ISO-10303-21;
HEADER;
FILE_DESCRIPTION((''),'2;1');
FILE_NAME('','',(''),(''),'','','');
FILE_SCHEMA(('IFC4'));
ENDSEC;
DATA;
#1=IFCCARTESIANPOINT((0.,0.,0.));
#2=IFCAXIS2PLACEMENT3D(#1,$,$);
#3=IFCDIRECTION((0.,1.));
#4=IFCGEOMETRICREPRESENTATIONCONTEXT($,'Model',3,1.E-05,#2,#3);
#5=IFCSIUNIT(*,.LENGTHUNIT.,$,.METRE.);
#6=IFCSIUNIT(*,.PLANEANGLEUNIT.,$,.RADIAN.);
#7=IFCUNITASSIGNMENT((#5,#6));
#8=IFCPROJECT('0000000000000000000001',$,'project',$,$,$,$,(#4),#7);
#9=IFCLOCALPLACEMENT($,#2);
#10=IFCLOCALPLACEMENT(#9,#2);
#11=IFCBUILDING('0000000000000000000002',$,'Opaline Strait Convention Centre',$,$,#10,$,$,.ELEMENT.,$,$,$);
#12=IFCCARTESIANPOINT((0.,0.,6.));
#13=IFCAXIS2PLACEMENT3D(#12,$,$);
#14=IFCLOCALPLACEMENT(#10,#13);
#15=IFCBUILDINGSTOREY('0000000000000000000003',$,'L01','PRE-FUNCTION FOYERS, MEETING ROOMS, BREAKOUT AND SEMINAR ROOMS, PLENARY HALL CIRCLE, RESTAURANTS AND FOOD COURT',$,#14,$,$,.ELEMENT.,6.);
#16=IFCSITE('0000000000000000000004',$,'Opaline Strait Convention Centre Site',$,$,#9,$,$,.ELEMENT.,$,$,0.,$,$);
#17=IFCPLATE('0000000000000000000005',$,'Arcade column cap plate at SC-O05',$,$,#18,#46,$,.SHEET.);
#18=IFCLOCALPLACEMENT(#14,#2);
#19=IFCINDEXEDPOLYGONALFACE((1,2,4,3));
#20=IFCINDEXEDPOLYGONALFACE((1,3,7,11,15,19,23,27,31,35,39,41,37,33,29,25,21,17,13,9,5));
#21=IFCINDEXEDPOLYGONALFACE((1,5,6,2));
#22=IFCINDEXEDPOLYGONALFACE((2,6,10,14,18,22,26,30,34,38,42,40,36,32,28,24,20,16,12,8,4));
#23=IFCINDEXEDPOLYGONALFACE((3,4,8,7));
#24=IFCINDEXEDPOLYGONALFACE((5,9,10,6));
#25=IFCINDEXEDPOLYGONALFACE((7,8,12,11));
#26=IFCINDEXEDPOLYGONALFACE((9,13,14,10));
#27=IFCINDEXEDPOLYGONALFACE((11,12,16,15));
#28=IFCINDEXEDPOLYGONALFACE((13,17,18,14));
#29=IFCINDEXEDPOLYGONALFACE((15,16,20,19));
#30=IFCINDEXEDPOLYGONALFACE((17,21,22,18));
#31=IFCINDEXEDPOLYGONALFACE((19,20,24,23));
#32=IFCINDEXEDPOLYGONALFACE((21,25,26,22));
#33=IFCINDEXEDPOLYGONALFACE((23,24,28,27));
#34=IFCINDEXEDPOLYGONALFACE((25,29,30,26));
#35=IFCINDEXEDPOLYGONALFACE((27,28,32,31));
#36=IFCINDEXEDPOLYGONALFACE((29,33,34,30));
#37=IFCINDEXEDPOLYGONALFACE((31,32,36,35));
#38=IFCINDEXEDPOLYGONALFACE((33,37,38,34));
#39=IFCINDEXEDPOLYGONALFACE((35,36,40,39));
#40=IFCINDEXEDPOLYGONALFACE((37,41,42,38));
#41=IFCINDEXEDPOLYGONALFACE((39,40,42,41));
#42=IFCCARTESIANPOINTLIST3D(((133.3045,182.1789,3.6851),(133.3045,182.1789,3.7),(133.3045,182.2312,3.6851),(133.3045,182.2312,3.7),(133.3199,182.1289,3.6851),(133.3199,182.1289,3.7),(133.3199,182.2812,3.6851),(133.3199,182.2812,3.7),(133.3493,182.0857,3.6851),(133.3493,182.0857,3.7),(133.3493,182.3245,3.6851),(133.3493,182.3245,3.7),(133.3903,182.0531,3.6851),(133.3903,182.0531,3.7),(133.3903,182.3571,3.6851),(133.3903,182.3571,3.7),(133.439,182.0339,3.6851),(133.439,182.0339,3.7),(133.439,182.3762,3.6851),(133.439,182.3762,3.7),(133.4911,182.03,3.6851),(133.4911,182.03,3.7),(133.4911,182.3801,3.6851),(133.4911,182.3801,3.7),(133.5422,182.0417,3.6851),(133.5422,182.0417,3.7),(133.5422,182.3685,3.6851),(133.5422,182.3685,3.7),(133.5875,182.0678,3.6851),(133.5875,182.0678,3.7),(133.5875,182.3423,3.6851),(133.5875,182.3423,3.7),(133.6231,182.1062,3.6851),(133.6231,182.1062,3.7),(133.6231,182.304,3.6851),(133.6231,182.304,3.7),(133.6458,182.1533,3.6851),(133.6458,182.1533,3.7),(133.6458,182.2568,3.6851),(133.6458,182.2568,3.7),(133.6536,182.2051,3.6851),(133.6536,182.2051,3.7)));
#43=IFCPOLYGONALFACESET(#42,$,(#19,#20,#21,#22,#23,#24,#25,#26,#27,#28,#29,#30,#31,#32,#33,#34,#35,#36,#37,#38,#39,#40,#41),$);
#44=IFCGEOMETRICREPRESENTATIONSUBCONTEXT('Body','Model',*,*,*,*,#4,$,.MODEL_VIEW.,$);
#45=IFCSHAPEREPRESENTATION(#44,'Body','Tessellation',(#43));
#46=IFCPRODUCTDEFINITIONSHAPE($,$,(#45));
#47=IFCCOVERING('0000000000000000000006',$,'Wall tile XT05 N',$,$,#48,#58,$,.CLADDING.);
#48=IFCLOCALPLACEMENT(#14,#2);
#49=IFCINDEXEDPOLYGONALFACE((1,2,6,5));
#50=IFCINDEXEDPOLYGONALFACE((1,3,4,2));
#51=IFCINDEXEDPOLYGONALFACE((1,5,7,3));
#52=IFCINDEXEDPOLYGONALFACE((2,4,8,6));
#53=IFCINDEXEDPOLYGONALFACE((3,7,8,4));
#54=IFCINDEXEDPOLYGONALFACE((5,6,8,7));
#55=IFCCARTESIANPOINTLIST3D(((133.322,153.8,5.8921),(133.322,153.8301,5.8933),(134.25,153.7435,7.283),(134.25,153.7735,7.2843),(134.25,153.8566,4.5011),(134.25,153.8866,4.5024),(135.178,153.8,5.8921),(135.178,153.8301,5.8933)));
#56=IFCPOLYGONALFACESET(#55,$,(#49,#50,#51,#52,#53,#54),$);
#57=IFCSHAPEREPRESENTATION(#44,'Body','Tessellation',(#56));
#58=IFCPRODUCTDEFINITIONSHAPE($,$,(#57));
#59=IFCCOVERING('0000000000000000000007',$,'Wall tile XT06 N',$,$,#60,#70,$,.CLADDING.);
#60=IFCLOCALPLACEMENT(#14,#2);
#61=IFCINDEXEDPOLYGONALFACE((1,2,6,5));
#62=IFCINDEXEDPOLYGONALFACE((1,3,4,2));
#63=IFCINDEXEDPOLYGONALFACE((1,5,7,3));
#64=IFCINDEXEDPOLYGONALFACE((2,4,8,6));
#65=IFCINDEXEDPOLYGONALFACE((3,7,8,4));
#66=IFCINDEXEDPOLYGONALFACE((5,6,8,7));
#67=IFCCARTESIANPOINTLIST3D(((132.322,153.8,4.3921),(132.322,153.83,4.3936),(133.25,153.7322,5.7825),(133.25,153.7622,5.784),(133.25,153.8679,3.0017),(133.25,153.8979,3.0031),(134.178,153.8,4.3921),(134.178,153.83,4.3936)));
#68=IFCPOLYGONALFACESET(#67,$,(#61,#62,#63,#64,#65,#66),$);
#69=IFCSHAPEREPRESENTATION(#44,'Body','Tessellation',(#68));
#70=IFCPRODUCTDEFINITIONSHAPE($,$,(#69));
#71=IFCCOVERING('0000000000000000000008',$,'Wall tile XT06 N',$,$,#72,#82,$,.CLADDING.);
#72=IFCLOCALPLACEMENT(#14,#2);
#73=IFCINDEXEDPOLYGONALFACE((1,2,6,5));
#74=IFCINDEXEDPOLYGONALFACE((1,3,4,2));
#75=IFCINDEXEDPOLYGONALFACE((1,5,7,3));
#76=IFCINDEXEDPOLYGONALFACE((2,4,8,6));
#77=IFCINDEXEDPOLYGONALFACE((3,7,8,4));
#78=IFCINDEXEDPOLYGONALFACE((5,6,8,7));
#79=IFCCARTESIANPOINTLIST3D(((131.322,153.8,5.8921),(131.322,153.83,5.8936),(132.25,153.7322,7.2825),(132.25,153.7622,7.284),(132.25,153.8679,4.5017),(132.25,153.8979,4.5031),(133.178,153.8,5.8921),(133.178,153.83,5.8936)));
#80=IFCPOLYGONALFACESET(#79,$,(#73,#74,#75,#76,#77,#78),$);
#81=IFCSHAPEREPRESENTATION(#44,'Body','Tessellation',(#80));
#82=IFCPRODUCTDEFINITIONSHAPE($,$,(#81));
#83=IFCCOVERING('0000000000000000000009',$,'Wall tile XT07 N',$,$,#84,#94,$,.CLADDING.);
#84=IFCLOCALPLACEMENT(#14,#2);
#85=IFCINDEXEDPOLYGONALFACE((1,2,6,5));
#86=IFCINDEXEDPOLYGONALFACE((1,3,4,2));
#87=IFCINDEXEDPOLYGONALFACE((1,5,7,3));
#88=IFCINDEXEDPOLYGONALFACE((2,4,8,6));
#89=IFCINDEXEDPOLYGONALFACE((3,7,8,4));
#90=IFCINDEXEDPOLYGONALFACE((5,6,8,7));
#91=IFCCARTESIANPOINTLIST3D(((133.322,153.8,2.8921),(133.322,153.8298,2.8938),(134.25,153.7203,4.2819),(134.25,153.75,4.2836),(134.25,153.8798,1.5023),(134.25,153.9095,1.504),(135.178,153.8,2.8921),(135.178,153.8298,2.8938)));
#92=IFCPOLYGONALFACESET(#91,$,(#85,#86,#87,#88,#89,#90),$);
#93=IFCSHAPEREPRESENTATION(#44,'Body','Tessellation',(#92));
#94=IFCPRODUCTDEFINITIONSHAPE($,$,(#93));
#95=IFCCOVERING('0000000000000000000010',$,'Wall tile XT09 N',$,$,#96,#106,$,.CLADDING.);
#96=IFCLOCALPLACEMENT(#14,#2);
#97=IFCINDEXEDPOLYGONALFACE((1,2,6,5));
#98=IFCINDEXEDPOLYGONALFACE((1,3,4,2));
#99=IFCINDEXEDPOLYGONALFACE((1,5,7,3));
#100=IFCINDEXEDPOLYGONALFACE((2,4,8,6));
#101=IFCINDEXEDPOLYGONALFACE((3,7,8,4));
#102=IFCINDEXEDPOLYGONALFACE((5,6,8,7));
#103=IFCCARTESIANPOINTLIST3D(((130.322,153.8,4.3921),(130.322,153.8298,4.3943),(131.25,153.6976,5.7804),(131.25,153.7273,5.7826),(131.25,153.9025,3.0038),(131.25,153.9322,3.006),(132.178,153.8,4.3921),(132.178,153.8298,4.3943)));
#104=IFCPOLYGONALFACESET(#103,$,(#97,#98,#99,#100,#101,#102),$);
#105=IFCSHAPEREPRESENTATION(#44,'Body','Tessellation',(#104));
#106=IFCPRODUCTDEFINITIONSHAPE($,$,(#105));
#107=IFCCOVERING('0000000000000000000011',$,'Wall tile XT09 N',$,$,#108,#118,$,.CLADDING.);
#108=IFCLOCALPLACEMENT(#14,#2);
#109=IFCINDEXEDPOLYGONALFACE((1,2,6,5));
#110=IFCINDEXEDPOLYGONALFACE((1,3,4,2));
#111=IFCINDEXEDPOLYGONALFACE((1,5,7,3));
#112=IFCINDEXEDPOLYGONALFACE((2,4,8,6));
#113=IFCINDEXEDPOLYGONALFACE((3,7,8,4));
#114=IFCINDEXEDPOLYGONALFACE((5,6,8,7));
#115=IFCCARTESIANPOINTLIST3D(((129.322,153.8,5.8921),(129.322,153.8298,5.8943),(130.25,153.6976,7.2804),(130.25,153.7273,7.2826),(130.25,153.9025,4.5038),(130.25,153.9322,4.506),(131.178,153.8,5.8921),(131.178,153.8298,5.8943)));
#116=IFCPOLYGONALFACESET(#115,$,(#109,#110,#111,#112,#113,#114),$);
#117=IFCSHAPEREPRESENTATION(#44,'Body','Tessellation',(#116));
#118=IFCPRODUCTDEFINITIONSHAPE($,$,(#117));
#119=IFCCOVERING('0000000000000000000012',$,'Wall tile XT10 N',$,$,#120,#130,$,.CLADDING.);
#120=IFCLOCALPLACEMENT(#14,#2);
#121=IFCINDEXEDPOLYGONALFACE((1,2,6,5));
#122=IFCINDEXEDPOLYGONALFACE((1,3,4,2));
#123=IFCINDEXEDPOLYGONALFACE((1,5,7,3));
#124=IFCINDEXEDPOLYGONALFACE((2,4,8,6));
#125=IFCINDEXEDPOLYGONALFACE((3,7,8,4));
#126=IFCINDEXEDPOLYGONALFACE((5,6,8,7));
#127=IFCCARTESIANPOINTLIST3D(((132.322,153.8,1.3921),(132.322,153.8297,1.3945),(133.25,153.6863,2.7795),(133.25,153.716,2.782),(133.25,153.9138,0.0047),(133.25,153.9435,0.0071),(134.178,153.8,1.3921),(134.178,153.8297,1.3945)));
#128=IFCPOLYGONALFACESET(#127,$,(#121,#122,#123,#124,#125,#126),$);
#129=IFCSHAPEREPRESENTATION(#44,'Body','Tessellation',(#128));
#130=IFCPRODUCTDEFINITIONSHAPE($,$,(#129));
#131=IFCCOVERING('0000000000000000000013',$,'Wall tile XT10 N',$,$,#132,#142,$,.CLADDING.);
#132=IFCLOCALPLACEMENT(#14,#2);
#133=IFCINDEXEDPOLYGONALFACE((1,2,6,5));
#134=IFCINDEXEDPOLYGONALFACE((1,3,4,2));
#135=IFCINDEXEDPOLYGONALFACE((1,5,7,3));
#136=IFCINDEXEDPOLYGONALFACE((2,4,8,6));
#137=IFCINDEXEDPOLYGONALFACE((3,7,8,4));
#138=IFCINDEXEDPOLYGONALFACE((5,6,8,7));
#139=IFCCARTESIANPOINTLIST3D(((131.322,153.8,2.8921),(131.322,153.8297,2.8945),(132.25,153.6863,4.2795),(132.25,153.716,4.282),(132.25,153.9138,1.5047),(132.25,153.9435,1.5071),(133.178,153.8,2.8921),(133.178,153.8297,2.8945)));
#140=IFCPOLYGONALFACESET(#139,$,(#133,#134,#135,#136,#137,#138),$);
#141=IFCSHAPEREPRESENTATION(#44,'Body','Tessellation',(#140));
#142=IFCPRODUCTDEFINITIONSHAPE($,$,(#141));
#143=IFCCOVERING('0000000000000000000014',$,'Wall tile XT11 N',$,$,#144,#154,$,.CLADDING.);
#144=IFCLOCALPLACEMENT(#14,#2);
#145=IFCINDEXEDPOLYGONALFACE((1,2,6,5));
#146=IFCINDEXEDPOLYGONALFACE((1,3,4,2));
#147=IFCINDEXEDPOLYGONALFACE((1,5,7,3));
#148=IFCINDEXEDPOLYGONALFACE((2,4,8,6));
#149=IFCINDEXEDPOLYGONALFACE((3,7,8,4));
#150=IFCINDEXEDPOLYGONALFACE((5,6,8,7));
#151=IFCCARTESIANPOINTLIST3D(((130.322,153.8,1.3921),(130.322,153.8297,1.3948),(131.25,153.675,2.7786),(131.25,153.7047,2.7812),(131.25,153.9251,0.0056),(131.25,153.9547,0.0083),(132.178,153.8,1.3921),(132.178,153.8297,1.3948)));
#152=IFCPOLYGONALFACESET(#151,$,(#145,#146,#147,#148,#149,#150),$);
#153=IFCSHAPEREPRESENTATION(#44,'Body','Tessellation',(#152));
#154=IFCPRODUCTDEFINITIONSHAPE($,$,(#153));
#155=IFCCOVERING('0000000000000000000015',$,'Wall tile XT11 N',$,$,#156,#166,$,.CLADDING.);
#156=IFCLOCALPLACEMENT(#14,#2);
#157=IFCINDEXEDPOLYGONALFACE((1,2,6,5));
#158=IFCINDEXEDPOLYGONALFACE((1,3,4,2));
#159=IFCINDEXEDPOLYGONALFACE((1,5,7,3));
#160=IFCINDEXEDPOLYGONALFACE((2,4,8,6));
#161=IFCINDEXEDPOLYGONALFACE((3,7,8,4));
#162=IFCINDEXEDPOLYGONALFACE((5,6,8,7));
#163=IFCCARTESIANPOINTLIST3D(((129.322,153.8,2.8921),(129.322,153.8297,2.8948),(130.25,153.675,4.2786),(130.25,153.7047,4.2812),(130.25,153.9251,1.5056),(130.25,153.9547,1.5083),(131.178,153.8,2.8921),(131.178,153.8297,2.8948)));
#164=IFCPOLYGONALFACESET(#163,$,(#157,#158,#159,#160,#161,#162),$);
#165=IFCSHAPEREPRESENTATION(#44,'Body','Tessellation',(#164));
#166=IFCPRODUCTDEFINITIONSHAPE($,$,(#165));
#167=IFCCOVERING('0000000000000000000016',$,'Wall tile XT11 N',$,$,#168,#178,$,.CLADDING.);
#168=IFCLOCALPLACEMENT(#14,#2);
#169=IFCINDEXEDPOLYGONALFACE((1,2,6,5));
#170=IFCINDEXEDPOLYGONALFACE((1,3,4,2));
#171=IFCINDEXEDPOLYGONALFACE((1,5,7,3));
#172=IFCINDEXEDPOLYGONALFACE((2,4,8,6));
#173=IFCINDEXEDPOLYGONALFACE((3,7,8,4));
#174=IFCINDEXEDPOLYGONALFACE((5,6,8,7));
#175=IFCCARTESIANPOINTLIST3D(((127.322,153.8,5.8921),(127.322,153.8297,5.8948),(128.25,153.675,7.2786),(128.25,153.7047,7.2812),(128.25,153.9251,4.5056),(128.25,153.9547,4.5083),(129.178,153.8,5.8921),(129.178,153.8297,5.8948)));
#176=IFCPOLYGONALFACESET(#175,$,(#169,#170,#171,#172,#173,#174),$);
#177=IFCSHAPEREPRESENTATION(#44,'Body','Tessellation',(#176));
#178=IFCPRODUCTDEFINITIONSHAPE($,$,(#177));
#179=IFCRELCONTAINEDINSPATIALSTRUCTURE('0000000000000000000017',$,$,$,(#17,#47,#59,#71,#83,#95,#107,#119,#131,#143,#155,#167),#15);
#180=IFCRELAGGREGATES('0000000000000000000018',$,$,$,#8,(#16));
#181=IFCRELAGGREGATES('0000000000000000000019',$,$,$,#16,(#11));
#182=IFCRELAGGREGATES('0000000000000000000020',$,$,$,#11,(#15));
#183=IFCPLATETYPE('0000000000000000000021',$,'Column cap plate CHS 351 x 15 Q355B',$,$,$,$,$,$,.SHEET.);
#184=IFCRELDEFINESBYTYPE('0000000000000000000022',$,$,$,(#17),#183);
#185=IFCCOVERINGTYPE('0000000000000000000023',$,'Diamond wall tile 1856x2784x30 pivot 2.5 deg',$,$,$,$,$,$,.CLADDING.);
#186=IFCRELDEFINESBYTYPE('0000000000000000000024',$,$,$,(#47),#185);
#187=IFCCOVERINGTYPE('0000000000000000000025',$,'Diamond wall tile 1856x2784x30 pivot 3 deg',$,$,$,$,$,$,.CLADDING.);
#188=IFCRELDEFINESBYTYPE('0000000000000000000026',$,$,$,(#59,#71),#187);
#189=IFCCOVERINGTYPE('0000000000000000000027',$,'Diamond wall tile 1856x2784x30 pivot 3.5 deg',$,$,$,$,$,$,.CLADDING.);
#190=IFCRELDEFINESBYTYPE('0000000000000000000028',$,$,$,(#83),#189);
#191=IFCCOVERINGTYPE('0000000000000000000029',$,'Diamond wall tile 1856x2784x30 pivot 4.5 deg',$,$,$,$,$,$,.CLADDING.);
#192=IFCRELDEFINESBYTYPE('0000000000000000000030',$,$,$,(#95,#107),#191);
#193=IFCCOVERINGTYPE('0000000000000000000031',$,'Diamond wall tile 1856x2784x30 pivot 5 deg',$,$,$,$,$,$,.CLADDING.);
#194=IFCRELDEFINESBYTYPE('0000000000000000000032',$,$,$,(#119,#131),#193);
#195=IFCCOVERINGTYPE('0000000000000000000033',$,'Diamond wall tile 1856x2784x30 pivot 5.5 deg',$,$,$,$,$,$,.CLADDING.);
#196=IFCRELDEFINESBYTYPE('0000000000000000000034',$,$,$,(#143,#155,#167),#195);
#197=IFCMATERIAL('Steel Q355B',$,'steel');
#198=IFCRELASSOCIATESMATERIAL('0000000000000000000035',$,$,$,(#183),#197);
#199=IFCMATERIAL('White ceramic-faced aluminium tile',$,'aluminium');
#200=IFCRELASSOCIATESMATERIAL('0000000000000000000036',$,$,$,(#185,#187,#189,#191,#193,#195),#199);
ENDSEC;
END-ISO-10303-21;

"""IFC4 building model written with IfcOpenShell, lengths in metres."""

from ifc_helpers import new_model, si_unit, direction, frame, origin, origin_2d, place, context, subcontext, project, spatial, polyline, circle, outline, extrude, material, material_profile, profile_set, type_object, element, save


model = new_model("IFC4")

# Units and contexts
model_context = context("Model", 3, precision=1e-05, world=origin(), true_north=direction((0.0, 1.0)))
body_context = subcontext(model_context, "Body", "Model", "MODEL_VIEW")
ifc_project = project(units=[si_unit("LENGTHUNIT", "METRE"), si_unit("PLANEANGLEUNIT", "RADIAN")], contexts=[model_context])

# Site, building, storey
site_placement = place(None, origin())
site = spatial("IfcSite", under=ifc_project, at=site_placement, Name="Opaline Strait Convention Centre Site", CompositionType="ELEMENT", RefElevation=0.0)
building_placement = place(site_placement, origin())
building = spatial("IfcBuilding", under=site, at=building_placement, Name="Opaline Strait Convention Centre", CompositionType="ELEMENT")
storey_placement = place(building_placement, frame((0.0, 0.0, 6.0)))
storey = spatial("IfcBuildingStorey", under=building, at=storey_placement, Name="L01", Description="PRE-FUNCTION FOYERS, MEETING ROOMS, BREAKOUT AND SEMINAR ROOMS, PLENARY HALL CIRCLE, RESTAURANTS AND FOOD COURT", CompositionType="ELEMENT", Elevation=6.0)

# Shared definitions
ifc_material_1 = material(Name="Steel Q355B", Category="steel")

# Plate
ifc_material_profile_1 = material_profile(ifc_material_1, circle(Radius=0.1755, at=origin_2d()), Name="D351")
ifc_profile_set_1 = profile_set([ifc_material_profile_1], Name="Steel Q355B")
plate_type = type_object("IfcPlateType", Name="Column cap plate CHS 351 x 15 Q355B", PredefinedType="SHEET", material=ifc_profile_set_1)
for number, where, z_axis, x_axis, name in (
    (1, (133.478, 182.2051, 3.6851), (0.0, 0.0, 1.0), (1.0, 0.0, 0.0), "Arcade column cap plate at SC-O05"),
):
    element("IfcPlate", number, at=place(storey_placement, frame(where, z_axis=z_axis, x_axis=x_axis)), inside=storey, type_object=plate_type, Name=name, PredefinedType="SHEET", context=body_context, shape_type="SweptSolid", body=[
        extrude(circle(Radius=0.1755, at=origin_2d()), origin(), (0.0, 0.0, 1.0), 0.0149),
    ])

# Coverings
ifc_material_2 = material(Name="White ceramic-faced aluminium tile", Category="aluminium")
ifc_material_profile_2 = material_profile(ifc_material_2, outline(polyline([(0.928, 0.0), (0.0, 1.3921), (-0.928, 0.0), (0.0, -1.3921), (0.928, 0.0)])), Name="Diamond tile 1856x2784")
ifc_profile_set_2 = profile_set([ifc_material_profile_2], Name="White ceramic-faced aluminium tile")
covering_type_1 = type_object("IfcCoveringType", Name="Diamond wall tile 1856x2784x30 pivot 2.5 deg", PredefinedType="CLADDING", material=ifc_profile_set_2)
covering_1_placement = place(storey_placement, frame((134.25, 153.8, 5.8921), z_axis=(0.0, 0.999175, 0.040617), x_axis=(-1.0, 0.0, 0.0)))
element("IfcCovering", 2, at=covering_1_placement, inside=storey, type_object=covering_type_1, Name="Wall tile XT05 N", PredefinedType="CLADDING", context=body_context, shape_type="SweptSolid", body=[
    extrude(outline(polyline([(0.928, 0.0), (0.0, 1.3921), (-0.928, 0.0), (0.0, -1.3921), (0.928, 0.0)])), origin(), (0.0, 0.0, 1.0), 0.03),
])
ifc_material_profile_3 = material_profile(ifc_material_2, outline(polyline([(0.928, 0.0), (0.0, 1.3921), (-0.928, 0.0), (0.0, -1.3921), (0.928, 0.0)])), Name="Diamond tile 1856x2784")
ifc_profile_set_3 = profile_set([ifc_material_profile_3], Name="White ceramic-faced aluminium tile")
covering_type_2 = type_object("IfcCoveringType", Name="Diamond wall tile 1856x2784x30 pivot 3 deg", PredefinedType="CLADDING", material=ifc_profile_set_3)
for number, where, z_axis, x_axis, name in (
    (3, (133.25, 153.8, 4.3921), (0.0, 0.998812, 0.048723), (-1.0, 0.0, 0.0), "Wall tile XT06 N"),
    (4, (132.25, 153.8, 5.8921), (0.0, 0.998812, 0.048723), (-1.0, 0.0, 0.0), "Wall tile XT06 N"),
):
    element("IfcCovering", number, at=place(storey_placement, frame(where, z_axis=z_axis, x_axis=x_axis)), inside=storey, type_object=covering_type_2, Name=name, PredefinedType="CLADDING", context=body_context, shape_type="SweptSolid", body=[
        extrude(outline(polyline([(0.928, 0.0), (0.0, 1.3921), (-0.928, 0.0), (0.0, -1.3921), (0.928, 0.0)])), origin(), (0.0, 0.0, 1.0), 0.03),
    ])
ifc_material_profile_4 = material_profile(ifc_material_2, outline(polyline([(0.928, 0.0), (0.0, 1.3921), (-0.928, 0.0), (0.0, -1.3921), (0.928, 0.0)])), Name="Diamond tile 1856x2784")
ifc_profile_set_4 = profile_set([ifc_material_profile_4], Name="White ceramic-faced aluminium tile")
covering_type_3 = type_object("IfcCoveringType", Name="Diamond wall tile 1856x2784x30 pivot 3.5 deg", PredefinedType="CLADDING", material=ifc_profile_set_4)
covering_2_placement = place(storey_placement, frame((134.25, 153.8, 2.8921), z_axis=(0.0, 0.998358, 0.057283), x_axis=(-1.0, 0.0, 0.0)))
element("IfcCovering", 5, at=covering_2_placement, inside=storey, type_object=covering_type_3, Name="Wall tile XT07 N", PredefinedType="CLADDING", context=body_context, shape_type="SweptSolid", body=[
    extrude(outline(polyline([(0.928, 0.0), (0.0, 1.3921), (-0.928, 0.0), (0.0, -1.3921), (0.928, 0.0)])), origin(), (0.0, 0.0, 1.0), 0.0298),
])
ifc_material_profile_5 = material_profile(ifc_material_2, outline(polyline([(0.928, 0.0), (0.0, 1.3921), (-0.928, 0.0), (0.0, -1.3921), (0.928, 0.0)])), Name="Diamond tile 1856x2784")
ifc_profile_set_5 = profile_set([ifc_material_profile_5], Name="White ceramic-faced aluminium tile")
covering_type_4 = type_object("IfcCoveringType", Name="Diamond wall tile 1856x2784x30 pivot 4.5 deg", PredefinedType="CLADDING", material=ifc_profile_set_5)
for number, where, z_axis, x_axis, name in (
    (6, (131.25, 153.8, 4.3921), (0.0, 0.99729, 0.073571), (-1.0, 0.0, 0.0), "Wall tile XT09 N"),
    (7, (130.25, 153.8, 5.8921), (0.0, 0.99729, 0.073571), (-1.0, 0.0, 0.0), "Wall tile XT09 N"),
):
    element("IfcCovering", number, at=place(storey_placement, frame(where, z_axis=z_axis, x_axis=x_axis)), inside=storey, type_object=covering_type_4, Name=name, PredefinedType="CLADDING", context=body_context, shape_type="SweptSolid", body=[
        extrude(outline(polyline([(0.928, 0.0), (0.0, 1.3921), (-0.928, 0.0), (0.0, -1.3921), (0.928, 0.0)])), origin(), (0.0, 0.0, 1.0), 0.0298),
    ])
ifc_material_profile_6 = material_profile(ifc_material_2, outline(polyline([(0.928, 0.0), (0.0, 1.3921), (-0.928, 0.0), (0.0, -1.3921), (0.928, 0.0)])), Name="Diamond tile 1856x2784")
ifc_profile_set_6 = profile_set([ifc_material_profile_6], Name="White ceramic-faced aluminium tile")
covering_type_5 = type_object("IfcCoveringType", Name="Diamond wall tile 1856x2784x30 pivot 5 deg", PredefinedType="CLADDING", material=ifc_profile_set_6)
for number, where, z_axis, x_axis, name in (
    (8, (133.25, 153.8, 1.3921), (0.0, 0.996658, 0.081693), (-1.0, 0.0, 0.0), "Wall tile XT10 N"),
    (9, (132.25, 153.8, 2.8921), (0.0, 0.996658, 0.081693), (-1.0, 0.0, 0.0), "Wall tile XT10 N"),
):
    element("IfcCovering", number, at=place(storey_placement, frame(where, z_axis=z_axis, x_axis=x_axis)), inside=storey, type_object=covering_type_5, Name=name, PredefinedType="CLADDING", context=body_context, shape_type="SweptSolid", body=[
        extrude(outline(polyline([(0.928, 0.0), (0.0, 1.3921), (-0.928, 0.0), (0.0, -1.3921), (0.928, 0.0)])), origin(), (0.0, 0.0, 1.0), 0.0298),
    ])
ifc_material_profile_7 = material_profile(ifc_material_2, outline(polyline([(0.928, 0.0), (0.0, 1.3921), (-0.928, 0.0), (0.0, -1.3921), (0.928, 0.0)])), Name="Diamond tile 1856x2784")
ifc_profile_set_7 = profile_set([ifc_material_profile_7], Name="White ceramic-faced aluminium tile")
covering_type_6 = type_object("IfcCoveringType", Name="Diamond wall tile 1856x2784x30 pivot 5.5 deg", PredefinedType="CLADDING", material=ifc_profile_set_7)
for number, where, z_axis, x_axis, name in (
    (10, (131.25, 153.8, 1.3921), (0.0, 0.99596, 0.0898), (-1.0, 0.0, 0.0), "Wall tile XT11 N"),
    (11, (130.25, 153.8, 2.8921), (0.0, 0.99596, 0.0898), (-1.0, 0.0, 0.0), "Wall tile XT11 N"),
    (12, (128.25, 153.8, 5.8921), (0.0, 0.99596, 0.0898), (-1.0, 0.0, 0.0), "Wall tile XT11 N"),
):
    element("IfcCovering", number, at=place(storey_placement, frame(where, z_axis=z_axis, x_axis=x_axis)), inside=storey, type_object=covering_type_6, Name=name, PredefinedType="CLADDING", context=body_context, shape_type="SweptSolid", body=[
        extrude(outline(polyline([(0.928, 0.0), (0.0, 1.3921), (-0.928, 0.0), (0.0, -1.3921), (0.928, 0.0)])), origin(), (0.0, 0.0, 1.0), 0.0298),
    ])

save(model, "model.ifc")
